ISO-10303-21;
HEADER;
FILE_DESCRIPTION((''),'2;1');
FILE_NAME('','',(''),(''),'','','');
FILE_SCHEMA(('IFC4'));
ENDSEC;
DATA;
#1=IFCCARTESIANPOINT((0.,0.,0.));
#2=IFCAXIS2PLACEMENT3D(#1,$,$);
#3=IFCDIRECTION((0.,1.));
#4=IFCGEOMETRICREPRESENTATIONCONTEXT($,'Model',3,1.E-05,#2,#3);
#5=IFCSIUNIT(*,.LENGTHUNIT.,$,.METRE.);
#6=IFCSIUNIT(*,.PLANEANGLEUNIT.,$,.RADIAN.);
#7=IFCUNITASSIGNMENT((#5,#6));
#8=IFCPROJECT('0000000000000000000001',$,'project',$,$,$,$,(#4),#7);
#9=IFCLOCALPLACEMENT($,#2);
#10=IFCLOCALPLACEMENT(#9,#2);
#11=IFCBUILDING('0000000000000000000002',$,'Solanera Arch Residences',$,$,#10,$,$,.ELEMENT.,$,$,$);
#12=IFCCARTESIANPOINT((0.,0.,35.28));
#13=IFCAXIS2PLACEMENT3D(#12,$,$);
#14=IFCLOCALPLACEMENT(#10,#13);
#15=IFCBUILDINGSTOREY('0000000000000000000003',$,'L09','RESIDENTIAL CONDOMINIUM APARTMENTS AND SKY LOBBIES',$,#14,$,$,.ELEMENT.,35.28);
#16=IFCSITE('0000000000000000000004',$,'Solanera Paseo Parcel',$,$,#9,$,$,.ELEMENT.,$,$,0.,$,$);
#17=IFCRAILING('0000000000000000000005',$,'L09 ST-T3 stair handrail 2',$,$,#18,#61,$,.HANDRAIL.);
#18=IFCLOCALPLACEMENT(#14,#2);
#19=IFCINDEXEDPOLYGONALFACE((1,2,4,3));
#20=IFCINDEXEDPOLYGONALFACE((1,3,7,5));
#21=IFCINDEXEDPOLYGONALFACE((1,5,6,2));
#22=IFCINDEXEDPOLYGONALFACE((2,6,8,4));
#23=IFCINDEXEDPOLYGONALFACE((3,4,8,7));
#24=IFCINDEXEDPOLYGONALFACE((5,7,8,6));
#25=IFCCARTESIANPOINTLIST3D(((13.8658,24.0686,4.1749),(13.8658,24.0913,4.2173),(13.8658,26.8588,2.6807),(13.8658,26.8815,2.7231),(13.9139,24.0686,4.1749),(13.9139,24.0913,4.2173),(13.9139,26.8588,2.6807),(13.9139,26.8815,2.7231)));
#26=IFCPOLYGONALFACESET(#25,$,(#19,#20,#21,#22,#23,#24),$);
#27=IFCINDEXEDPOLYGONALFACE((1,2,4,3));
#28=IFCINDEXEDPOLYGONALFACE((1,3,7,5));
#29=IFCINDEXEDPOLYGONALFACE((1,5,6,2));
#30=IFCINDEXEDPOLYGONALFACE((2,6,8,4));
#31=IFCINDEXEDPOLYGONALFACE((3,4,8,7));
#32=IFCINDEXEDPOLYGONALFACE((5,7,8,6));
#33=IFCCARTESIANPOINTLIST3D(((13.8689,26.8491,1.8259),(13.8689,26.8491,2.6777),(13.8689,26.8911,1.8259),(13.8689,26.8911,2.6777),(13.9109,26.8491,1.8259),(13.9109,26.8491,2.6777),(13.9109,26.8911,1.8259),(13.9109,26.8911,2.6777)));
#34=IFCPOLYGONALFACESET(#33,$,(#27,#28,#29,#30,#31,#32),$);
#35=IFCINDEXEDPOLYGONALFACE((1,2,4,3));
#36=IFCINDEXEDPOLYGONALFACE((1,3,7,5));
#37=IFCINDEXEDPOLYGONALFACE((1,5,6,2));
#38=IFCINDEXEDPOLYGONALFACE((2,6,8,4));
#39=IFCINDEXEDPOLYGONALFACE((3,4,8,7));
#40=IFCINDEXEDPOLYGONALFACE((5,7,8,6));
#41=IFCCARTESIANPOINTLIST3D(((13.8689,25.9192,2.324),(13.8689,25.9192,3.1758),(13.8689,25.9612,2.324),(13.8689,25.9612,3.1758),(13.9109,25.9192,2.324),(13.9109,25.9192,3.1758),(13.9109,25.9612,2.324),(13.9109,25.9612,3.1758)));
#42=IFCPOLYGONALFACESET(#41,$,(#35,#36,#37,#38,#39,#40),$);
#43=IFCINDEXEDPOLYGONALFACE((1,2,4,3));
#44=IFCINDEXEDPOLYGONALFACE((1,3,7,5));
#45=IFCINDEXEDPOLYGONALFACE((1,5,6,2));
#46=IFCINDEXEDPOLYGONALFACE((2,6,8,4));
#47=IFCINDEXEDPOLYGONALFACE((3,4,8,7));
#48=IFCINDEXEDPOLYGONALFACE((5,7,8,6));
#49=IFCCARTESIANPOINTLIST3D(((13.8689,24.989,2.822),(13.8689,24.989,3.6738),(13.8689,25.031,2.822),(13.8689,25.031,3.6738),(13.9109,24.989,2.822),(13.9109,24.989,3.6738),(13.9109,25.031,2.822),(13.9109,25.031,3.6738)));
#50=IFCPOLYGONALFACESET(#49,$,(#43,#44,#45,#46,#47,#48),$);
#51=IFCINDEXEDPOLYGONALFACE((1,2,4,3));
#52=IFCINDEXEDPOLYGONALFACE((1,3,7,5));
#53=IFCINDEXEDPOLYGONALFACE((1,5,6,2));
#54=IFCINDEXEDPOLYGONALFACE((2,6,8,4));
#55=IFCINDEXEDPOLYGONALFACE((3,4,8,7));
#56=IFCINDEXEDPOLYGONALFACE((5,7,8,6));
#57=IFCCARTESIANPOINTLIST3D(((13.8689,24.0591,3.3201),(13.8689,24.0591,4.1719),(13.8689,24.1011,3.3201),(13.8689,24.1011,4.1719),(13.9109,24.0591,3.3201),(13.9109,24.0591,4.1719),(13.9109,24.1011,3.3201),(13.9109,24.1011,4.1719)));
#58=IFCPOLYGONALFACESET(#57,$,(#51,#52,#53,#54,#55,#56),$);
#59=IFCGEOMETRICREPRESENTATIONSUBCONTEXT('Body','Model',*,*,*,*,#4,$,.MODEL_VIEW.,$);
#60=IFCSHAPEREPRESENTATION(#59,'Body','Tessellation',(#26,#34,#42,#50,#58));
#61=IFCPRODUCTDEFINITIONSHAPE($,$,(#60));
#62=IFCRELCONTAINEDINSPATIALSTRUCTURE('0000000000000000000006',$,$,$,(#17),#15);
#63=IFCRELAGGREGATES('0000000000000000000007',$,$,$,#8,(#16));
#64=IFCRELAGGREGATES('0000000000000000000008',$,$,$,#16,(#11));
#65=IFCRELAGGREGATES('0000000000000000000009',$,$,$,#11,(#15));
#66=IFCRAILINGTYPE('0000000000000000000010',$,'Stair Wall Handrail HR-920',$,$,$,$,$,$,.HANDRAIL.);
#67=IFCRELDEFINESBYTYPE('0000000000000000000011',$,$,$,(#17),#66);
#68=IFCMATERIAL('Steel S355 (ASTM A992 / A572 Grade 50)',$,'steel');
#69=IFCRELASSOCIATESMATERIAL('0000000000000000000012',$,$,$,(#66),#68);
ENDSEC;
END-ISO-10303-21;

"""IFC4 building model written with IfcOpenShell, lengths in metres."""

from ifc_helpers import new_model, si_unit, direction, frame, origin, origin_2d, place, context, subcontext, project, spatial, rectangle, extrude, material, type_object, element, save


model = new_model("IFC4")

# Units and contexts
model_context = context("Model", 3, precision=1e-05, world=origin(), true_north=direction((0.0, 1.0)))
body_context = subcontext(model_context, "Body", "Model", "MODEL_VIEW")
ifc_project = project(units=[si_unit("LENGTHUNIT", "METRE"), si_unit("PLANEANGLEUNIT", "RADIAN")], contexts=[model_context])

# Site, building, storey
site_placement = place(None, origin())
site = spatial("IfcSite", under=ifc_project, at=site_placement, Name="Solanera Paseo Parcel", CompositionType="ELEMENT", RefElevation=0.0)
building_placement = place(site_placement, origin())
building = spatial("IfcBuilding", under=site, at=building_placement, Name="Solanera Arch Residences", CompositionType="ELEMENT")
storey_placement = place(building_placement, frame((0.0, 0.0, 35.28)))
storey = spatial("IfcBuildingStorey", under=building, at=storey_placement, Name="L09", Description="RESIDENTIAL CONDOMINIUM APARTMENTS AND SKY LOBBIES", CompositionType="ELEMENT", Elevation=35.28)

# Railing
ifc_material_1 = material(Name="Steel S355 (ASTM A992 / A572 Grade 50)", Category="steel")
railing_type_1 = type_object("IfcRailingType", Name="Stair Wall Handrail HR-920", PredefinedType="HANDRAIL", material=ifc_material_1)
railing_1_placement = place(storey_placement, frame((13.8899, 26.8701, 1.8259)))
element("IfcRailing", 1, at=railing_1_placement, inside=storey, type_object=railing_type_1, Name="L09 ST-T3 stair handrail 2", PredefinedType="HANDRAIL", context=body_context, shape_type="SweptSolid", body=[
    extrude(rectangle(XDim=0.0481, YDim=0.0481, at=origin_2d()), frame((0.0, 0.0, 0.876), z_axis=(0.0, -0.881549, 0.472093), x_axis=(1.0, 0.0, 0.0)), (0.0, 0.0, 1.0), 3.165),
    extrude(rectangle(XDim=0.042, YDim=0.042, at=origin_2d()), origin(), (0.0, 0.0, 1.0), 0.8518),
    extrude(rectangle(XDim=0.042, YDim=0.042, at=origin_2d()), frame((0.0, -0.9299, 0.498)), (0.0, 0.0, 1.0), 0.8518),
    extrude(rectangle(XDim=0.042, YDim=0.042, at=origin_2d()), frame((0.0, -1.8601, 0.9961)), (0.0, 0.0, 1.0), 0.8518),
    extrude(rectangle(XDim=0.042, YDim=0.042, at=origin_2d()), frame((0.0, -2.79, 1.4941)), (0.0, 0.0, 1.0), 0.8518),
])

save(model, "model.ifc")
